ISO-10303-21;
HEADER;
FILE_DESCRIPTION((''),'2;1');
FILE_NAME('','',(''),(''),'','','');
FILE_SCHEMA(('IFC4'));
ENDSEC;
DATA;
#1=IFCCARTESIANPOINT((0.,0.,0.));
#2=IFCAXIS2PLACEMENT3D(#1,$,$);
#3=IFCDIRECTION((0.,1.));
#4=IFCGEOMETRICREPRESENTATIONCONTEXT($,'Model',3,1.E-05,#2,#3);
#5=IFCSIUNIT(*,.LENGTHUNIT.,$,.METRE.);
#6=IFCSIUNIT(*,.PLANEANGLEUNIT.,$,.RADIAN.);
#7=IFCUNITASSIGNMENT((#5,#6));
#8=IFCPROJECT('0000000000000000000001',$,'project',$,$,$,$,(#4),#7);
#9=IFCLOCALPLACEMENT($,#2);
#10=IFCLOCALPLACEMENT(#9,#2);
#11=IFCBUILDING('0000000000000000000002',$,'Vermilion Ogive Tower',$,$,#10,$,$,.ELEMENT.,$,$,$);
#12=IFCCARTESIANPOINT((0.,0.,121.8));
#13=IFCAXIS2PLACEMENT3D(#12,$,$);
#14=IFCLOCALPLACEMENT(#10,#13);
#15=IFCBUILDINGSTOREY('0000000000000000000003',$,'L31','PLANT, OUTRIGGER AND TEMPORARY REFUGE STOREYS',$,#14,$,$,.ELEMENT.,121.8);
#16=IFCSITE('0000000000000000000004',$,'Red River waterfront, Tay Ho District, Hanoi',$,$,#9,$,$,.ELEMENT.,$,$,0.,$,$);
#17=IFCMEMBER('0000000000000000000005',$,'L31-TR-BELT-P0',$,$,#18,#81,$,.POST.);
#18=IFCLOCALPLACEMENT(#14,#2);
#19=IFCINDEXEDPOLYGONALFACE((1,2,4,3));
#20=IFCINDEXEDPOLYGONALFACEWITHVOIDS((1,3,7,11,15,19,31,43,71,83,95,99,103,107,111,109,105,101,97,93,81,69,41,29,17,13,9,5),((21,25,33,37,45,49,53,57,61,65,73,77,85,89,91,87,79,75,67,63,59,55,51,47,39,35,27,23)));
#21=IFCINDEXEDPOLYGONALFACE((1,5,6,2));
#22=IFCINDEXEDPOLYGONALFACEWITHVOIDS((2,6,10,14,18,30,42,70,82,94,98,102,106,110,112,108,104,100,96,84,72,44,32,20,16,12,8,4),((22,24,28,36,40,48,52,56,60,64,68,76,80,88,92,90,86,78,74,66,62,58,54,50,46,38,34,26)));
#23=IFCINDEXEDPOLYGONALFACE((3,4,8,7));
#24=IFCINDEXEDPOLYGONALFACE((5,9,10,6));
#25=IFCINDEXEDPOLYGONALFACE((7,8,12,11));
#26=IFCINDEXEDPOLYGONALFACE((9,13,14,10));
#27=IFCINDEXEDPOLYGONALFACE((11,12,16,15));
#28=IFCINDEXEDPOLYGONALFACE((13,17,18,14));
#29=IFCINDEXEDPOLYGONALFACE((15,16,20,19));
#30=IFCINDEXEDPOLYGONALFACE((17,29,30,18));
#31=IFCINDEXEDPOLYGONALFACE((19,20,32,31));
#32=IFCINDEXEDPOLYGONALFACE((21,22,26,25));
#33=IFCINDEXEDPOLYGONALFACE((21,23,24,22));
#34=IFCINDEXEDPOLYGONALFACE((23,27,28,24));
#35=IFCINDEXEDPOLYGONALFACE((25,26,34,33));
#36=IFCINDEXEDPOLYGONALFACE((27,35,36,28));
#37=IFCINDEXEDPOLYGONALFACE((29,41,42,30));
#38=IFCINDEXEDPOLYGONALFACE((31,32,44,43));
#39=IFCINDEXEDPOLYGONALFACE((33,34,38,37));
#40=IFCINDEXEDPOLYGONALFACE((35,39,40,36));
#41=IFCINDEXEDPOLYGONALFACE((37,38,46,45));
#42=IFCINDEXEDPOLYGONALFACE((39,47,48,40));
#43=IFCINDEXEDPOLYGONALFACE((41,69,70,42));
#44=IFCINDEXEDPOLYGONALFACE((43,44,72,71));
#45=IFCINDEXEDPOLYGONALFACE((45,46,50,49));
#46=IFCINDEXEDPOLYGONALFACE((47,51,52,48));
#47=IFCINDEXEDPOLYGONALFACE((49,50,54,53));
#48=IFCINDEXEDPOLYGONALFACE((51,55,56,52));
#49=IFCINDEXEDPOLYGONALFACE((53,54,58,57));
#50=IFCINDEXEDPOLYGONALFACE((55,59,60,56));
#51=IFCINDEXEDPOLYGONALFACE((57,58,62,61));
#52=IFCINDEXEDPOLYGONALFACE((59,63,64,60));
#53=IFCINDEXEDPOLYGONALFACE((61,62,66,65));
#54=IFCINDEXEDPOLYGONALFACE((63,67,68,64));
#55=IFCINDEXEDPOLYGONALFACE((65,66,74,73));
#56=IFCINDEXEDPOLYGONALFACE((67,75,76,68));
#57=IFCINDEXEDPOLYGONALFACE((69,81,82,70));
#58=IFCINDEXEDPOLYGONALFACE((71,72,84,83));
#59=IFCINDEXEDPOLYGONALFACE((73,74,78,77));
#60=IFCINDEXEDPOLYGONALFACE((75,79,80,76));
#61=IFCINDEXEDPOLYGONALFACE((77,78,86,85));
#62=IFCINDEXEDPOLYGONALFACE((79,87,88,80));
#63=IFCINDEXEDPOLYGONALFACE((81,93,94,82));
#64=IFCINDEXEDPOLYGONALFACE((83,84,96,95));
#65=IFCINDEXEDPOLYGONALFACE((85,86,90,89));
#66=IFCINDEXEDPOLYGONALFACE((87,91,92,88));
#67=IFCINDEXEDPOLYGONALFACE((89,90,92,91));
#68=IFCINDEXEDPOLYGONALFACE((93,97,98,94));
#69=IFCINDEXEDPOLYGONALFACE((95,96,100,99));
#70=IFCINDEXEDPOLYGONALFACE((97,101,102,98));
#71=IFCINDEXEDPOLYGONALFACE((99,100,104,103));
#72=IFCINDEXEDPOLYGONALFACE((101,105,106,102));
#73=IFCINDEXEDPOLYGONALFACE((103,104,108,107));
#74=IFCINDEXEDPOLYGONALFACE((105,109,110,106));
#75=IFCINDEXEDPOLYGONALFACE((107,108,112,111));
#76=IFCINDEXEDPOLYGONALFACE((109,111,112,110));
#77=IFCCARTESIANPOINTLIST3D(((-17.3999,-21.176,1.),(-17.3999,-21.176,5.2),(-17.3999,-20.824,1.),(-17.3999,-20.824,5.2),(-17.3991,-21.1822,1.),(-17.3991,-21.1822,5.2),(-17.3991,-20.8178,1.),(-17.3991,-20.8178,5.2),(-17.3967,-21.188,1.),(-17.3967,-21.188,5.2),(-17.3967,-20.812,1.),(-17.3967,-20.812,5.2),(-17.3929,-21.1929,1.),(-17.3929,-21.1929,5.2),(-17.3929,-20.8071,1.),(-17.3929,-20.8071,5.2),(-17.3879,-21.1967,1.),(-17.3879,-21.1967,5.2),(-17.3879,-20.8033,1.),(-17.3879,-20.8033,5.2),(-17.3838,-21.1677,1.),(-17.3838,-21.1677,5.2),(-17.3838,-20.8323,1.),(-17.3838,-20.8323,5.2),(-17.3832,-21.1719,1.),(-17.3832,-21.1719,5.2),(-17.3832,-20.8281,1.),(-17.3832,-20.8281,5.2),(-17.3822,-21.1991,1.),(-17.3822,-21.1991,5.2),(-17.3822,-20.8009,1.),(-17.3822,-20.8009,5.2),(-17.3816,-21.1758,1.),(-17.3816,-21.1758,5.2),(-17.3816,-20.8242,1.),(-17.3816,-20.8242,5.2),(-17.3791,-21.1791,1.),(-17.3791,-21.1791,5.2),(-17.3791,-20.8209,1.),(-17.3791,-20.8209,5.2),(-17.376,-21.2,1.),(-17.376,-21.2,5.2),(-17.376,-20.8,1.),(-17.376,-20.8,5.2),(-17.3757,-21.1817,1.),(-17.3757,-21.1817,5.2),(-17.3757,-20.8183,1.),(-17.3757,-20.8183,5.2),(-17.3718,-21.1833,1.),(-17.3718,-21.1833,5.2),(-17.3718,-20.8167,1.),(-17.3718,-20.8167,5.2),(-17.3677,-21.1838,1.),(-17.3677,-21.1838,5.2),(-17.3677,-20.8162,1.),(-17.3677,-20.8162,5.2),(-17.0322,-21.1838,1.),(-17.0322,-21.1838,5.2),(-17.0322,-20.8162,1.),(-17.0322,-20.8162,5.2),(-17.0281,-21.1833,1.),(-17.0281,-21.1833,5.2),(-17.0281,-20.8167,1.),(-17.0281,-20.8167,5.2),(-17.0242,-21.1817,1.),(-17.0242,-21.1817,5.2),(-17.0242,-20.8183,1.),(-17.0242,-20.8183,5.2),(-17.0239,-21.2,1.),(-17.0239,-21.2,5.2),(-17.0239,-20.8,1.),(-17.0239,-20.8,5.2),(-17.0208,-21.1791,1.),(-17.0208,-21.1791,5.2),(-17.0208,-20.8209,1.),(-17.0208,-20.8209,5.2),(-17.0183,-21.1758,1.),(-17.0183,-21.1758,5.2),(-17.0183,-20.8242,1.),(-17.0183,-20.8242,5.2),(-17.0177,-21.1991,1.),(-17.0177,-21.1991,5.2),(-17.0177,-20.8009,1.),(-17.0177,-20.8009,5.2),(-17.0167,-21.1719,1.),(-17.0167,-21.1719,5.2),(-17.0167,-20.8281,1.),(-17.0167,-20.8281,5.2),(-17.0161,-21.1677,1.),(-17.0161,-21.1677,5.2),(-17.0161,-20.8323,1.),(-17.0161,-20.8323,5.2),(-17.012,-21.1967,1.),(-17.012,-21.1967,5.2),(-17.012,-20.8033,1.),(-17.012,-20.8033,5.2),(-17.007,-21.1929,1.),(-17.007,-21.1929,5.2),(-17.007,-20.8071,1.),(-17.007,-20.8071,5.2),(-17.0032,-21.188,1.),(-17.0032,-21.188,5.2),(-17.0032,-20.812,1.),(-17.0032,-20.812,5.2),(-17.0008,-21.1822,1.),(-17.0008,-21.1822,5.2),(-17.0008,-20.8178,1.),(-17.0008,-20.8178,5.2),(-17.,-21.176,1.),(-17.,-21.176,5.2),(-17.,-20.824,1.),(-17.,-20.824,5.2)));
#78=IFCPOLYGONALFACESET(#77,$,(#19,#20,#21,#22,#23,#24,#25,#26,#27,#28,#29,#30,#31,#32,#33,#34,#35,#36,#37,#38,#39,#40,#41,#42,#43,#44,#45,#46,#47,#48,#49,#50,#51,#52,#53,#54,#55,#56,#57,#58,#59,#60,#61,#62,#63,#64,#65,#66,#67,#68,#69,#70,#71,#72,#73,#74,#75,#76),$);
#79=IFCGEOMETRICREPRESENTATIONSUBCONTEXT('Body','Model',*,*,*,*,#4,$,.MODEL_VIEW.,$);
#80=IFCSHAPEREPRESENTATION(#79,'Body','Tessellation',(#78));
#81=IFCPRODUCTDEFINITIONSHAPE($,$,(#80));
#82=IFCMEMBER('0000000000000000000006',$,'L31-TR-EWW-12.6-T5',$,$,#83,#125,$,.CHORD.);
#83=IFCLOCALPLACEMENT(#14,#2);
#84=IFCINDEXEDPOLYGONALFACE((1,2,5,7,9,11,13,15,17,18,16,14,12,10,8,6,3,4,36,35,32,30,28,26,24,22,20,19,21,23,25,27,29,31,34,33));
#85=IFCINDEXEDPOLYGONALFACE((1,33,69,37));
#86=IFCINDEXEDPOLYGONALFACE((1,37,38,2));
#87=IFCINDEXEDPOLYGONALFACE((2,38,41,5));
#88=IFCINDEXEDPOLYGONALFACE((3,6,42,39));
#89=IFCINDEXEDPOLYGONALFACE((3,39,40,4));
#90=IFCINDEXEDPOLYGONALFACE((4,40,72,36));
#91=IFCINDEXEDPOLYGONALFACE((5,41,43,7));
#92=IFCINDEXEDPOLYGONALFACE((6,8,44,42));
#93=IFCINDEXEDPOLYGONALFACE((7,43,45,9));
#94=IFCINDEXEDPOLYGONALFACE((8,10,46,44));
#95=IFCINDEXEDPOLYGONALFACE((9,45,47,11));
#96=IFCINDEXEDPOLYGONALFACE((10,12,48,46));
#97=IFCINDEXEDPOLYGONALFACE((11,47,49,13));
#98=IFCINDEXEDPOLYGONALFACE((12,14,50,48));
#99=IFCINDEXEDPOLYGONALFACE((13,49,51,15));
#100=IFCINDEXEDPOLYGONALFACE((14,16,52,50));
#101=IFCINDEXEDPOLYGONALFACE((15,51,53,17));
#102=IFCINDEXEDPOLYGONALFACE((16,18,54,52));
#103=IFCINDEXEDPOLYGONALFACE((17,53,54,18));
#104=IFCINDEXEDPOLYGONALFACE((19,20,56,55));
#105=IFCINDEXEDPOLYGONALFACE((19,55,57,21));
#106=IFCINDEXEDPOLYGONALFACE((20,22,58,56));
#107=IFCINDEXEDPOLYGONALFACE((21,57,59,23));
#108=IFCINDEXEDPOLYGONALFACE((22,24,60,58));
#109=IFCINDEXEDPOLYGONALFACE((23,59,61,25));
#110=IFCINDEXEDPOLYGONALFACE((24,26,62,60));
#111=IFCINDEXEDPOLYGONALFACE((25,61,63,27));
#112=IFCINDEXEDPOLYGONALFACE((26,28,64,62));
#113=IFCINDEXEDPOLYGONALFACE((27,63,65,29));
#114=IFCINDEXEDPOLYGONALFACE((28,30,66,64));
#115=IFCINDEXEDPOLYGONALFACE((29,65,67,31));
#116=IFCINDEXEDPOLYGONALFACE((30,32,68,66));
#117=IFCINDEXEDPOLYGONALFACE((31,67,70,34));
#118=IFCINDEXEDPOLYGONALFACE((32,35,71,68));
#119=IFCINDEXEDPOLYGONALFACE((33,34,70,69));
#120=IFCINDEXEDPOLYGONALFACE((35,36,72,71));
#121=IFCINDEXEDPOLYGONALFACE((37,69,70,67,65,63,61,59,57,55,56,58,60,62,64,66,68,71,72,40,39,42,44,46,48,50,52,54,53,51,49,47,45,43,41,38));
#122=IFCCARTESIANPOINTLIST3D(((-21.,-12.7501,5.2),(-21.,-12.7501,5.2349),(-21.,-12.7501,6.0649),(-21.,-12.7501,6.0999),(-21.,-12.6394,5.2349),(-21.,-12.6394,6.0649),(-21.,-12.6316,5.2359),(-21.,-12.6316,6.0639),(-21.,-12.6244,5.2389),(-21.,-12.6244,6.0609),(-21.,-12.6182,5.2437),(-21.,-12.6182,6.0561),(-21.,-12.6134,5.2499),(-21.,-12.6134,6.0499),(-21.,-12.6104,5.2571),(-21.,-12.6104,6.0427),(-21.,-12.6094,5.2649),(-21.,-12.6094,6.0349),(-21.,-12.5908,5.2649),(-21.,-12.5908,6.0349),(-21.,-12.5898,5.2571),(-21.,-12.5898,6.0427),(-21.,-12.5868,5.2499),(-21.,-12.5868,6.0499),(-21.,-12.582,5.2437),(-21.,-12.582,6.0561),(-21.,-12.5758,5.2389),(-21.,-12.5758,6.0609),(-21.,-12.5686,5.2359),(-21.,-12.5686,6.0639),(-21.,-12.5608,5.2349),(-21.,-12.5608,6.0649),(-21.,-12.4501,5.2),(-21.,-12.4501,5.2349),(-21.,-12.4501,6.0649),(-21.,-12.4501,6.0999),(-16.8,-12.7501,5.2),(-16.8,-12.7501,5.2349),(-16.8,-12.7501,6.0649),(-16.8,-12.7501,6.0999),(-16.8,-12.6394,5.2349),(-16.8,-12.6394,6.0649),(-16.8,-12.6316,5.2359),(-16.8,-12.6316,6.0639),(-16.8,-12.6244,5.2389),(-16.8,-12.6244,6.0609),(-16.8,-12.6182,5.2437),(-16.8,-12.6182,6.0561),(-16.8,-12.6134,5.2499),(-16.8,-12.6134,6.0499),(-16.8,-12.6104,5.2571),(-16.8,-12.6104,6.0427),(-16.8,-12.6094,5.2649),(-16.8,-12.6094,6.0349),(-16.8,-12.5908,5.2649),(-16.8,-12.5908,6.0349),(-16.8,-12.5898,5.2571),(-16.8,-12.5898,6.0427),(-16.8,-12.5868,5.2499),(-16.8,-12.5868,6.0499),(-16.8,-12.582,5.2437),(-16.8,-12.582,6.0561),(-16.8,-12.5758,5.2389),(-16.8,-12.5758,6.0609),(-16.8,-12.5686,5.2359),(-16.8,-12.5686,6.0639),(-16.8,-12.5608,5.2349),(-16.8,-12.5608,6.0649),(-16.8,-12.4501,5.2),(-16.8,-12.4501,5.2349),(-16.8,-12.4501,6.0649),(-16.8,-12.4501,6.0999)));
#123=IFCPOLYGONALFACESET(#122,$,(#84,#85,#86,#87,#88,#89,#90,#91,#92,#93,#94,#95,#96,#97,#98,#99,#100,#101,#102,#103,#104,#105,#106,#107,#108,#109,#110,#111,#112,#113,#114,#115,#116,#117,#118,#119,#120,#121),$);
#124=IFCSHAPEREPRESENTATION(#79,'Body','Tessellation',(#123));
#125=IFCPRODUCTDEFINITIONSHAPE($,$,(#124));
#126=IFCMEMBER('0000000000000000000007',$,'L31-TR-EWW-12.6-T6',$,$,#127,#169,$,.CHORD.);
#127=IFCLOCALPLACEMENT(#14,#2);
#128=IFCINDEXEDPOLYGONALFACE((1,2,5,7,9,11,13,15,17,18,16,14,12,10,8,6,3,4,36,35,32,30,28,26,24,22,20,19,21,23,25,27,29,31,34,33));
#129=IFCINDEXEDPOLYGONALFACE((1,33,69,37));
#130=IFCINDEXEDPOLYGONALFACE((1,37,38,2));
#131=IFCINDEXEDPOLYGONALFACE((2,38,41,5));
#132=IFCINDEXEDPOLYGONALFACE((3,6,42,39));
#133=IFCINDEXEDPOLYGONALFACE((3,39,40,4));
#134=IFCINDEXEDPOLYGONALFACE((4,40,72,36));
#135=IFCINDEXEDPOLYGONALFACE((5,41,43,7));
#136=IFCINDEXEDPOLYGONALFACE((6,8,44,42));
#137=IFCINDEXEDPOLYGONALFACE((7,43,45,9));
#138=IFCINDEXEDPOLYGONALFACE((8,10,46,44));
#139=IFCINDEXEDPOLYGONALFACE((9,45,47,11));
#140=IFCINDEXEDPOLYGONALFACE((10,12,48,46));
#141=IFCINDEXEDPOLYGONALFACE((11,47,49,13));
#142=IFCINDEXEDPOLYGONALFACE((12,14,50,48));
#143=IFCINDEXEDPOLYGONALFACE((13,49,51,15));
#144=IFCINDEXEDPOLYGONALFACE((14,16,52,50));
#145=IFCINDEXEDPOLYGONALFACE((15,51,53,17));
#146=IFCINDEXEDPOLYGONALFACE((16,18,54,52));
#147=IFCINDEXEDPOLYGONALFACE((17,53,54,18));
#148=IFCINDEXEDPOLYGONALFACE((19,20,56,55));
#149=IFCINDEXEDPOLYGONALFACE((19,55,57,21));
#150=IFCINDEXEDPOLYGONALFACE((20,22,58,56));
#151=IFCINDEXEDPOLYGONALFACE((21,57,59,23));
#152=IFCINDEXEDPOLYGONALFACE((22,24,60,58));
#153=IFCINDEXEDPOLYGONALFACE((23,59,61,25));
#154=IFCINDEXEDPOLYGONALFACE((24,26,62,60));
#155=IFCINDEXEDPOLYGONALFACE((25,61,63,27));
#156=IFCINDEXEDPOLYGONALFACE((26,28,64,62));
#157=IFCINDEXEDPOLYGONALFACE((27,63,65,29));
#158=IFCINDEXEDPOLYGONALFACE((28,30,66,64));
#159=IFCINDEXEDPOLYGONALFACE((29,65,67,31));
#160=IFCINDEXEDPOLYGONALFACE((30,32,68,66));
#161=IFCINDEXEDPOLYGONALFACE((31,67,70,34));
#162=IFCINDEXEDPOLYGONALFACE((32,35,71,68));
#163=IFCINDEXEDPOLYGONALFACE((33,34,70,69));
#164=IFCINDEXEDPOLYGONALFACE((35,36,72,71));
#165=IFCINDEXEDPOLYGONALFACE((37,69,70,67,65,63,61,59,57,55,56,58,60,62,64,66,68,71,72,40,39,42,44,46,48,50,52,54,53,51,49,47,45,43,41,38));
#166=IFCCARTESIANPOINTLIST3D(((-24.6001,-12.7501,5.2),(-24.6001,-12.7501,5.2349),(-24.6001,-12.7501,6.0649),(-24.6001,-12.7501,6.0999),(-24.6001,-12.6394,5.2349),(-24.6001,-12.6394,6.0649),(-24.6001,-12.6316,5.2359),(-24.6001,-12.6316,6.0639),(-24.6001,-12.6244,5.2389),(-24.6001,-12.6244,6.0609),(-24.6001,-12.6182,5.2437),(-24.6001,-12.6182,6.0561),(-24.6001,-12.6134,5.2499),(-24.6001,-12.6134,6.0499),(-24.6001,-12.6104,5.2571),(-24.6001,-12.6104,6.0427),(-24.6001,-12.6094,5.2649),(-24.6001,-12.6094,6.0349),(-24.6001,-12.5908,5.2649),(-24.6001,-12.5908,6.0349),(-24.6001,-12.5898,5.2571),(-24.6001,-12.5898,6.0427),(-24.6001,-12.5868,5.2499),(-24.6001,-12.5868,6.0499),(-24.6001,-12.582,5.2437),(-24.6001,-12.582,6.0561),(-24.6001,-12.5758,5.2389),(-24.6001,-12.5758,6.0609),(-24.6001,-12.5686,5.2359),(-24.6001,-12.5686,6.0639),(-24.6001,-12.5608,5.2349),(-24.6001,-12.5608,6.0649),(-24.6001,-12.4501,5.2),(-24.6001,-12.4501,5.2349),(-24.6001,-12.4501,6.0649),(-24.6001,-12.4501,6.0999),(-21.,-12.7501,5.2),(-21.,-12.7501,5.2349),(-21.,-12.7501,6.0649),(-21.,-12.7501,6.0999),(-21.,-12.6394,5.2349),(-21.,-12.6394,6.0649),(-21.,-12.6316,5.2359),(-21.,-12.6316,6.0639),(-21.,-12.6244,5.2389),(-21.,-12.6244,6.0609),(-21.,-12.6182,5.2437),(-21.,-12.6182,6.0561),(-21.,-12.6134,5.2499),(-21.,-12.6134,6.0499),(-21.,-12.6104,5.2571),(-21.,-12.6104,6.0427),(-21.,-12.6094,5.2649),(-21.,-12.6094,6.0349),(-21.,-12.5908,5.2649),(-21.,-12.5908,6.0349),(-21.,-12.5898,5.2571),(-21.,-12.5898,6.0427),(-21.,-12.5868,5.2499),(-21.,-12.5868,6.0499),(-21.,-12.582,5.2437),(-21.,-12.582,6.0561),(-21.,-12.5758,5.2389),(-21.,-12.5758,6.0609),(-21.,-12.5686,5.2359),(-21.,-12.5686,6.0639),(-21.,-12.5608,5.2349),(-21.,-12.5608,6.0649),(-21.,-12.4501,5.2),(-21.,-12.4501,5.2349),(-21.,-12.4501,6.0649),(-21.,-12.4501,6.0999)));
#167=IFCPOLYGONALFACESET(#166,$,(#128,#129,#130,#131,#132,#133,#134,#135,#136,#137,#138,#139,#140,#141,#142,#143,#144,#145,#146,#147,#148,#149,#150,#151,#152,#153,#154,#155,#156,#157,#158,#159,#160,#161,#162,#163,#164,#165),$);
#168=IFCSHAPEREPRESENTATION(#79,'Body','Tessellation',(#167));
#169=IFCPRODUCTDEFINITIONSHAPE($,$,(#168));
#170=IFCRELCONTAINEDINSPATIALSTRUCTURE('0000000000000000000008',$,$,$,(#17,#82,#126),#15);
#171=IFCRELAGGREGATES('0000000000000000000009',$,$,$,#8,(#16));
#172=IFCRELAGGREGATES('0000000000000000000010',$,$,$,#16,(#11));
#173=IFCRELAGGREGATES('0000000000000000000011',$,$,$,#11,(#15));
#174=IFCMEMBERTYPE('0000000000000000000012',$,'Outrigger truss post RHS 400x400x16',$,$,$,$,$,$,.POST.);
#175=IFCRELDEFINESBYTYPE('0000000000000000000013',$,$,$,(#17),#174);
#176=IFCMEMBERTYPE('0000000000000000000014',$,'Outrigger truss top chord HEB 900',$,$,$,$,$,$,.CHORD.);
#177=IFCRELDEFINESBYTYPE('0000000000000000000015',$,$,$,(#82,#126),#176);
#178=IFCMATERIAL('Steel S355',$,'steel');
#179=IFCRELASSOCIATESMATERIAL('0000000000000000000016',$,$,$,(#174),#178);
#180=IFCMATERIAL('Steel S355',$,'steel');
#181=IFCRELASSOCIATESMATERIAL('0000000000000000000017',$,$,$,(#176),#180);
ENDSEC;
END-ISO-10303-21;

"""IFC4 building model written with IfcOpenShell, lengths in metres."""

from ifc_helpers import new_model, si_unit, direction, frame, origin, origin_2d, place, context, subcontext, project, spatial, hollow_rectangle, i_section, extrude, material, material_profile, profile_set, type_object, element, save


model = new_model("IFC4")

# Units and contexts
model_context = context("Model", 3, precision=1e-05, world=origin(), true_north=direction((0.0, 1.0)))
body_context = subcontext(model_context, "Body", "Model", "MODEL_VIEW")
ifc_project = project(units=[si_unit("LENGTHUNIT", "METRE"), si_unit("PLANEANGLEUNIT", "RADIAN")], contexts=[model_context])

# Site, building, storey
site_placement = place(None, origin())
site = spatial("IfcSite", under=ifc_project, at=site_placement, Name="Red River waterfront, Tay Ho District, Hanoi", CompositionType="ELEMENT", RefElevation=0.0)
building_placement = place(site_placement, origin())
building = spatial("IfcBuilding", under=site, at=building_placement, Name="Vermilion Ogive Tower", CompositionType="ELEMENT")
storey_placement = place(building_placement, frame((0.0, 0.0, 121.8)))
storey = spatial("IfcBuildingStorey", under=building, at=storey_placement, Name="L31", Description="PLANT, OUTRIGGER AND TEMPORARY REFUGE STOREYS", CompositionType="ELEMENT", Elevation=121.8)

# Members
ifc_material_1 = material(Name="Steel S355", Category="steel")
ifc_material_profile_1 = material_profile(ifc_material_1, hollow_rectangle(XDim=0.3999, YDim=0.3999, WallThickness=0.0161, InnerFilletRadius=0.0161, OuterFilletRadius=0.0239, at=origin_2d()), Name="RHS 400x400x16")
ifc_profile_set_1 = profile_set([ifc_material_profile_1], Name="Steel S355")
member_type_1 = type_object("IfcMemberType", Name="Outrigger truss post RHS 400x400x16", PredefinedType="POST", material=ifc_profile_set_1)
for number, where, z_axis, x_axis, name in (
    (1, (-17.2, -21.0, 1.0), (0.0, 0.0, 1.0), (1.0, 0.0, 0.0), "L31-TR-BELT-P0"),
):
    element("IfcMember", number, at=place(storey_placement, frame(where, z_axis=z_axis, x_axis=x_axis)), inside=storey, type_object=member_type_1, Name=name, PredefinedType="POST", context=body_context, shape_type="SweptSolid", body=[
        extrude(hollow_rectangle(XDim=0.3999, YDim=0.3999, WallThickness=0.0161, InnerFilletRadius=0.0161, OuterFilletRadius=0.0239, at=origin_2d()), origin(), (0.0, 0.0, 1.0), 4.2),
    ])
ifc_material_2 = material(Name="Steel S355", Category="steel")
ifc_material_profile_2 = material_profile(ifc_material_2, i_section(OverallWidth=0.3, OverallDepth=0.8999, WebThickness=0.0186, FlangeThickness=0.0349, FilletRadius=0.03, at=origin_2d()), Name="HEB 900")
ifc_profile_set_2 = profile_set([ifc_material_profile_2], Name="Steel S355")
member_type_2 = type_object("IfcMemberType", Name="Outrigger truss top chord HEB 900", PredefinedType="CHORD", material=ifc_profile_set_2)
member_1_placement = place(storey_placement, frame((-16.8, -12.6001, 5.6499), z_axis=(-1.0, 0.0, 0.0), x_axis=(0.0, -1.0, 0.0)))
element("IfcMember", 2, at=member_1_placement, inside=storey, type_object=member_type_2, Name="L31-TR-EWW-12.6-T5", PredefinedType="CHORD", context=body_context, shape_type="SweptSolid", body=[
    extrude(i_section(OverallWidth=0.3, OverallDepth=0.8999, WebThickness=0.0186, FlangeThickness=0.0349, FilletRadius=0.03, at=origin_2d()), origin(), (0.0, 0.0, 1.0), 4.2),
])
member_2_placement = place(storey_placement, frame((-21.0, -12.6001, 5.6499), z_axis=(-1.0, 0.0, 0.0), x_axis=(0.0, -1.0, 0.0)))
element("IfcMember", 3, at=member_2_placement, inside=storey, type_object=member_type_2, Name="L31-TR-EWW-12.6-T6", PredefinedType="CHORD", context=body_context, shape_type="SweptSolid", body=[
    extrude(i_section(OverallWidth=0.3, OverallDepth=0.8999, WebThickness=0.0186, FlangeThickness=0.0349, FilletRadius=0.03, at=origin_2d()), origin(), (0.0, 0.0, 1.0), 3.6001),
])

save(model, "model.ifc")
